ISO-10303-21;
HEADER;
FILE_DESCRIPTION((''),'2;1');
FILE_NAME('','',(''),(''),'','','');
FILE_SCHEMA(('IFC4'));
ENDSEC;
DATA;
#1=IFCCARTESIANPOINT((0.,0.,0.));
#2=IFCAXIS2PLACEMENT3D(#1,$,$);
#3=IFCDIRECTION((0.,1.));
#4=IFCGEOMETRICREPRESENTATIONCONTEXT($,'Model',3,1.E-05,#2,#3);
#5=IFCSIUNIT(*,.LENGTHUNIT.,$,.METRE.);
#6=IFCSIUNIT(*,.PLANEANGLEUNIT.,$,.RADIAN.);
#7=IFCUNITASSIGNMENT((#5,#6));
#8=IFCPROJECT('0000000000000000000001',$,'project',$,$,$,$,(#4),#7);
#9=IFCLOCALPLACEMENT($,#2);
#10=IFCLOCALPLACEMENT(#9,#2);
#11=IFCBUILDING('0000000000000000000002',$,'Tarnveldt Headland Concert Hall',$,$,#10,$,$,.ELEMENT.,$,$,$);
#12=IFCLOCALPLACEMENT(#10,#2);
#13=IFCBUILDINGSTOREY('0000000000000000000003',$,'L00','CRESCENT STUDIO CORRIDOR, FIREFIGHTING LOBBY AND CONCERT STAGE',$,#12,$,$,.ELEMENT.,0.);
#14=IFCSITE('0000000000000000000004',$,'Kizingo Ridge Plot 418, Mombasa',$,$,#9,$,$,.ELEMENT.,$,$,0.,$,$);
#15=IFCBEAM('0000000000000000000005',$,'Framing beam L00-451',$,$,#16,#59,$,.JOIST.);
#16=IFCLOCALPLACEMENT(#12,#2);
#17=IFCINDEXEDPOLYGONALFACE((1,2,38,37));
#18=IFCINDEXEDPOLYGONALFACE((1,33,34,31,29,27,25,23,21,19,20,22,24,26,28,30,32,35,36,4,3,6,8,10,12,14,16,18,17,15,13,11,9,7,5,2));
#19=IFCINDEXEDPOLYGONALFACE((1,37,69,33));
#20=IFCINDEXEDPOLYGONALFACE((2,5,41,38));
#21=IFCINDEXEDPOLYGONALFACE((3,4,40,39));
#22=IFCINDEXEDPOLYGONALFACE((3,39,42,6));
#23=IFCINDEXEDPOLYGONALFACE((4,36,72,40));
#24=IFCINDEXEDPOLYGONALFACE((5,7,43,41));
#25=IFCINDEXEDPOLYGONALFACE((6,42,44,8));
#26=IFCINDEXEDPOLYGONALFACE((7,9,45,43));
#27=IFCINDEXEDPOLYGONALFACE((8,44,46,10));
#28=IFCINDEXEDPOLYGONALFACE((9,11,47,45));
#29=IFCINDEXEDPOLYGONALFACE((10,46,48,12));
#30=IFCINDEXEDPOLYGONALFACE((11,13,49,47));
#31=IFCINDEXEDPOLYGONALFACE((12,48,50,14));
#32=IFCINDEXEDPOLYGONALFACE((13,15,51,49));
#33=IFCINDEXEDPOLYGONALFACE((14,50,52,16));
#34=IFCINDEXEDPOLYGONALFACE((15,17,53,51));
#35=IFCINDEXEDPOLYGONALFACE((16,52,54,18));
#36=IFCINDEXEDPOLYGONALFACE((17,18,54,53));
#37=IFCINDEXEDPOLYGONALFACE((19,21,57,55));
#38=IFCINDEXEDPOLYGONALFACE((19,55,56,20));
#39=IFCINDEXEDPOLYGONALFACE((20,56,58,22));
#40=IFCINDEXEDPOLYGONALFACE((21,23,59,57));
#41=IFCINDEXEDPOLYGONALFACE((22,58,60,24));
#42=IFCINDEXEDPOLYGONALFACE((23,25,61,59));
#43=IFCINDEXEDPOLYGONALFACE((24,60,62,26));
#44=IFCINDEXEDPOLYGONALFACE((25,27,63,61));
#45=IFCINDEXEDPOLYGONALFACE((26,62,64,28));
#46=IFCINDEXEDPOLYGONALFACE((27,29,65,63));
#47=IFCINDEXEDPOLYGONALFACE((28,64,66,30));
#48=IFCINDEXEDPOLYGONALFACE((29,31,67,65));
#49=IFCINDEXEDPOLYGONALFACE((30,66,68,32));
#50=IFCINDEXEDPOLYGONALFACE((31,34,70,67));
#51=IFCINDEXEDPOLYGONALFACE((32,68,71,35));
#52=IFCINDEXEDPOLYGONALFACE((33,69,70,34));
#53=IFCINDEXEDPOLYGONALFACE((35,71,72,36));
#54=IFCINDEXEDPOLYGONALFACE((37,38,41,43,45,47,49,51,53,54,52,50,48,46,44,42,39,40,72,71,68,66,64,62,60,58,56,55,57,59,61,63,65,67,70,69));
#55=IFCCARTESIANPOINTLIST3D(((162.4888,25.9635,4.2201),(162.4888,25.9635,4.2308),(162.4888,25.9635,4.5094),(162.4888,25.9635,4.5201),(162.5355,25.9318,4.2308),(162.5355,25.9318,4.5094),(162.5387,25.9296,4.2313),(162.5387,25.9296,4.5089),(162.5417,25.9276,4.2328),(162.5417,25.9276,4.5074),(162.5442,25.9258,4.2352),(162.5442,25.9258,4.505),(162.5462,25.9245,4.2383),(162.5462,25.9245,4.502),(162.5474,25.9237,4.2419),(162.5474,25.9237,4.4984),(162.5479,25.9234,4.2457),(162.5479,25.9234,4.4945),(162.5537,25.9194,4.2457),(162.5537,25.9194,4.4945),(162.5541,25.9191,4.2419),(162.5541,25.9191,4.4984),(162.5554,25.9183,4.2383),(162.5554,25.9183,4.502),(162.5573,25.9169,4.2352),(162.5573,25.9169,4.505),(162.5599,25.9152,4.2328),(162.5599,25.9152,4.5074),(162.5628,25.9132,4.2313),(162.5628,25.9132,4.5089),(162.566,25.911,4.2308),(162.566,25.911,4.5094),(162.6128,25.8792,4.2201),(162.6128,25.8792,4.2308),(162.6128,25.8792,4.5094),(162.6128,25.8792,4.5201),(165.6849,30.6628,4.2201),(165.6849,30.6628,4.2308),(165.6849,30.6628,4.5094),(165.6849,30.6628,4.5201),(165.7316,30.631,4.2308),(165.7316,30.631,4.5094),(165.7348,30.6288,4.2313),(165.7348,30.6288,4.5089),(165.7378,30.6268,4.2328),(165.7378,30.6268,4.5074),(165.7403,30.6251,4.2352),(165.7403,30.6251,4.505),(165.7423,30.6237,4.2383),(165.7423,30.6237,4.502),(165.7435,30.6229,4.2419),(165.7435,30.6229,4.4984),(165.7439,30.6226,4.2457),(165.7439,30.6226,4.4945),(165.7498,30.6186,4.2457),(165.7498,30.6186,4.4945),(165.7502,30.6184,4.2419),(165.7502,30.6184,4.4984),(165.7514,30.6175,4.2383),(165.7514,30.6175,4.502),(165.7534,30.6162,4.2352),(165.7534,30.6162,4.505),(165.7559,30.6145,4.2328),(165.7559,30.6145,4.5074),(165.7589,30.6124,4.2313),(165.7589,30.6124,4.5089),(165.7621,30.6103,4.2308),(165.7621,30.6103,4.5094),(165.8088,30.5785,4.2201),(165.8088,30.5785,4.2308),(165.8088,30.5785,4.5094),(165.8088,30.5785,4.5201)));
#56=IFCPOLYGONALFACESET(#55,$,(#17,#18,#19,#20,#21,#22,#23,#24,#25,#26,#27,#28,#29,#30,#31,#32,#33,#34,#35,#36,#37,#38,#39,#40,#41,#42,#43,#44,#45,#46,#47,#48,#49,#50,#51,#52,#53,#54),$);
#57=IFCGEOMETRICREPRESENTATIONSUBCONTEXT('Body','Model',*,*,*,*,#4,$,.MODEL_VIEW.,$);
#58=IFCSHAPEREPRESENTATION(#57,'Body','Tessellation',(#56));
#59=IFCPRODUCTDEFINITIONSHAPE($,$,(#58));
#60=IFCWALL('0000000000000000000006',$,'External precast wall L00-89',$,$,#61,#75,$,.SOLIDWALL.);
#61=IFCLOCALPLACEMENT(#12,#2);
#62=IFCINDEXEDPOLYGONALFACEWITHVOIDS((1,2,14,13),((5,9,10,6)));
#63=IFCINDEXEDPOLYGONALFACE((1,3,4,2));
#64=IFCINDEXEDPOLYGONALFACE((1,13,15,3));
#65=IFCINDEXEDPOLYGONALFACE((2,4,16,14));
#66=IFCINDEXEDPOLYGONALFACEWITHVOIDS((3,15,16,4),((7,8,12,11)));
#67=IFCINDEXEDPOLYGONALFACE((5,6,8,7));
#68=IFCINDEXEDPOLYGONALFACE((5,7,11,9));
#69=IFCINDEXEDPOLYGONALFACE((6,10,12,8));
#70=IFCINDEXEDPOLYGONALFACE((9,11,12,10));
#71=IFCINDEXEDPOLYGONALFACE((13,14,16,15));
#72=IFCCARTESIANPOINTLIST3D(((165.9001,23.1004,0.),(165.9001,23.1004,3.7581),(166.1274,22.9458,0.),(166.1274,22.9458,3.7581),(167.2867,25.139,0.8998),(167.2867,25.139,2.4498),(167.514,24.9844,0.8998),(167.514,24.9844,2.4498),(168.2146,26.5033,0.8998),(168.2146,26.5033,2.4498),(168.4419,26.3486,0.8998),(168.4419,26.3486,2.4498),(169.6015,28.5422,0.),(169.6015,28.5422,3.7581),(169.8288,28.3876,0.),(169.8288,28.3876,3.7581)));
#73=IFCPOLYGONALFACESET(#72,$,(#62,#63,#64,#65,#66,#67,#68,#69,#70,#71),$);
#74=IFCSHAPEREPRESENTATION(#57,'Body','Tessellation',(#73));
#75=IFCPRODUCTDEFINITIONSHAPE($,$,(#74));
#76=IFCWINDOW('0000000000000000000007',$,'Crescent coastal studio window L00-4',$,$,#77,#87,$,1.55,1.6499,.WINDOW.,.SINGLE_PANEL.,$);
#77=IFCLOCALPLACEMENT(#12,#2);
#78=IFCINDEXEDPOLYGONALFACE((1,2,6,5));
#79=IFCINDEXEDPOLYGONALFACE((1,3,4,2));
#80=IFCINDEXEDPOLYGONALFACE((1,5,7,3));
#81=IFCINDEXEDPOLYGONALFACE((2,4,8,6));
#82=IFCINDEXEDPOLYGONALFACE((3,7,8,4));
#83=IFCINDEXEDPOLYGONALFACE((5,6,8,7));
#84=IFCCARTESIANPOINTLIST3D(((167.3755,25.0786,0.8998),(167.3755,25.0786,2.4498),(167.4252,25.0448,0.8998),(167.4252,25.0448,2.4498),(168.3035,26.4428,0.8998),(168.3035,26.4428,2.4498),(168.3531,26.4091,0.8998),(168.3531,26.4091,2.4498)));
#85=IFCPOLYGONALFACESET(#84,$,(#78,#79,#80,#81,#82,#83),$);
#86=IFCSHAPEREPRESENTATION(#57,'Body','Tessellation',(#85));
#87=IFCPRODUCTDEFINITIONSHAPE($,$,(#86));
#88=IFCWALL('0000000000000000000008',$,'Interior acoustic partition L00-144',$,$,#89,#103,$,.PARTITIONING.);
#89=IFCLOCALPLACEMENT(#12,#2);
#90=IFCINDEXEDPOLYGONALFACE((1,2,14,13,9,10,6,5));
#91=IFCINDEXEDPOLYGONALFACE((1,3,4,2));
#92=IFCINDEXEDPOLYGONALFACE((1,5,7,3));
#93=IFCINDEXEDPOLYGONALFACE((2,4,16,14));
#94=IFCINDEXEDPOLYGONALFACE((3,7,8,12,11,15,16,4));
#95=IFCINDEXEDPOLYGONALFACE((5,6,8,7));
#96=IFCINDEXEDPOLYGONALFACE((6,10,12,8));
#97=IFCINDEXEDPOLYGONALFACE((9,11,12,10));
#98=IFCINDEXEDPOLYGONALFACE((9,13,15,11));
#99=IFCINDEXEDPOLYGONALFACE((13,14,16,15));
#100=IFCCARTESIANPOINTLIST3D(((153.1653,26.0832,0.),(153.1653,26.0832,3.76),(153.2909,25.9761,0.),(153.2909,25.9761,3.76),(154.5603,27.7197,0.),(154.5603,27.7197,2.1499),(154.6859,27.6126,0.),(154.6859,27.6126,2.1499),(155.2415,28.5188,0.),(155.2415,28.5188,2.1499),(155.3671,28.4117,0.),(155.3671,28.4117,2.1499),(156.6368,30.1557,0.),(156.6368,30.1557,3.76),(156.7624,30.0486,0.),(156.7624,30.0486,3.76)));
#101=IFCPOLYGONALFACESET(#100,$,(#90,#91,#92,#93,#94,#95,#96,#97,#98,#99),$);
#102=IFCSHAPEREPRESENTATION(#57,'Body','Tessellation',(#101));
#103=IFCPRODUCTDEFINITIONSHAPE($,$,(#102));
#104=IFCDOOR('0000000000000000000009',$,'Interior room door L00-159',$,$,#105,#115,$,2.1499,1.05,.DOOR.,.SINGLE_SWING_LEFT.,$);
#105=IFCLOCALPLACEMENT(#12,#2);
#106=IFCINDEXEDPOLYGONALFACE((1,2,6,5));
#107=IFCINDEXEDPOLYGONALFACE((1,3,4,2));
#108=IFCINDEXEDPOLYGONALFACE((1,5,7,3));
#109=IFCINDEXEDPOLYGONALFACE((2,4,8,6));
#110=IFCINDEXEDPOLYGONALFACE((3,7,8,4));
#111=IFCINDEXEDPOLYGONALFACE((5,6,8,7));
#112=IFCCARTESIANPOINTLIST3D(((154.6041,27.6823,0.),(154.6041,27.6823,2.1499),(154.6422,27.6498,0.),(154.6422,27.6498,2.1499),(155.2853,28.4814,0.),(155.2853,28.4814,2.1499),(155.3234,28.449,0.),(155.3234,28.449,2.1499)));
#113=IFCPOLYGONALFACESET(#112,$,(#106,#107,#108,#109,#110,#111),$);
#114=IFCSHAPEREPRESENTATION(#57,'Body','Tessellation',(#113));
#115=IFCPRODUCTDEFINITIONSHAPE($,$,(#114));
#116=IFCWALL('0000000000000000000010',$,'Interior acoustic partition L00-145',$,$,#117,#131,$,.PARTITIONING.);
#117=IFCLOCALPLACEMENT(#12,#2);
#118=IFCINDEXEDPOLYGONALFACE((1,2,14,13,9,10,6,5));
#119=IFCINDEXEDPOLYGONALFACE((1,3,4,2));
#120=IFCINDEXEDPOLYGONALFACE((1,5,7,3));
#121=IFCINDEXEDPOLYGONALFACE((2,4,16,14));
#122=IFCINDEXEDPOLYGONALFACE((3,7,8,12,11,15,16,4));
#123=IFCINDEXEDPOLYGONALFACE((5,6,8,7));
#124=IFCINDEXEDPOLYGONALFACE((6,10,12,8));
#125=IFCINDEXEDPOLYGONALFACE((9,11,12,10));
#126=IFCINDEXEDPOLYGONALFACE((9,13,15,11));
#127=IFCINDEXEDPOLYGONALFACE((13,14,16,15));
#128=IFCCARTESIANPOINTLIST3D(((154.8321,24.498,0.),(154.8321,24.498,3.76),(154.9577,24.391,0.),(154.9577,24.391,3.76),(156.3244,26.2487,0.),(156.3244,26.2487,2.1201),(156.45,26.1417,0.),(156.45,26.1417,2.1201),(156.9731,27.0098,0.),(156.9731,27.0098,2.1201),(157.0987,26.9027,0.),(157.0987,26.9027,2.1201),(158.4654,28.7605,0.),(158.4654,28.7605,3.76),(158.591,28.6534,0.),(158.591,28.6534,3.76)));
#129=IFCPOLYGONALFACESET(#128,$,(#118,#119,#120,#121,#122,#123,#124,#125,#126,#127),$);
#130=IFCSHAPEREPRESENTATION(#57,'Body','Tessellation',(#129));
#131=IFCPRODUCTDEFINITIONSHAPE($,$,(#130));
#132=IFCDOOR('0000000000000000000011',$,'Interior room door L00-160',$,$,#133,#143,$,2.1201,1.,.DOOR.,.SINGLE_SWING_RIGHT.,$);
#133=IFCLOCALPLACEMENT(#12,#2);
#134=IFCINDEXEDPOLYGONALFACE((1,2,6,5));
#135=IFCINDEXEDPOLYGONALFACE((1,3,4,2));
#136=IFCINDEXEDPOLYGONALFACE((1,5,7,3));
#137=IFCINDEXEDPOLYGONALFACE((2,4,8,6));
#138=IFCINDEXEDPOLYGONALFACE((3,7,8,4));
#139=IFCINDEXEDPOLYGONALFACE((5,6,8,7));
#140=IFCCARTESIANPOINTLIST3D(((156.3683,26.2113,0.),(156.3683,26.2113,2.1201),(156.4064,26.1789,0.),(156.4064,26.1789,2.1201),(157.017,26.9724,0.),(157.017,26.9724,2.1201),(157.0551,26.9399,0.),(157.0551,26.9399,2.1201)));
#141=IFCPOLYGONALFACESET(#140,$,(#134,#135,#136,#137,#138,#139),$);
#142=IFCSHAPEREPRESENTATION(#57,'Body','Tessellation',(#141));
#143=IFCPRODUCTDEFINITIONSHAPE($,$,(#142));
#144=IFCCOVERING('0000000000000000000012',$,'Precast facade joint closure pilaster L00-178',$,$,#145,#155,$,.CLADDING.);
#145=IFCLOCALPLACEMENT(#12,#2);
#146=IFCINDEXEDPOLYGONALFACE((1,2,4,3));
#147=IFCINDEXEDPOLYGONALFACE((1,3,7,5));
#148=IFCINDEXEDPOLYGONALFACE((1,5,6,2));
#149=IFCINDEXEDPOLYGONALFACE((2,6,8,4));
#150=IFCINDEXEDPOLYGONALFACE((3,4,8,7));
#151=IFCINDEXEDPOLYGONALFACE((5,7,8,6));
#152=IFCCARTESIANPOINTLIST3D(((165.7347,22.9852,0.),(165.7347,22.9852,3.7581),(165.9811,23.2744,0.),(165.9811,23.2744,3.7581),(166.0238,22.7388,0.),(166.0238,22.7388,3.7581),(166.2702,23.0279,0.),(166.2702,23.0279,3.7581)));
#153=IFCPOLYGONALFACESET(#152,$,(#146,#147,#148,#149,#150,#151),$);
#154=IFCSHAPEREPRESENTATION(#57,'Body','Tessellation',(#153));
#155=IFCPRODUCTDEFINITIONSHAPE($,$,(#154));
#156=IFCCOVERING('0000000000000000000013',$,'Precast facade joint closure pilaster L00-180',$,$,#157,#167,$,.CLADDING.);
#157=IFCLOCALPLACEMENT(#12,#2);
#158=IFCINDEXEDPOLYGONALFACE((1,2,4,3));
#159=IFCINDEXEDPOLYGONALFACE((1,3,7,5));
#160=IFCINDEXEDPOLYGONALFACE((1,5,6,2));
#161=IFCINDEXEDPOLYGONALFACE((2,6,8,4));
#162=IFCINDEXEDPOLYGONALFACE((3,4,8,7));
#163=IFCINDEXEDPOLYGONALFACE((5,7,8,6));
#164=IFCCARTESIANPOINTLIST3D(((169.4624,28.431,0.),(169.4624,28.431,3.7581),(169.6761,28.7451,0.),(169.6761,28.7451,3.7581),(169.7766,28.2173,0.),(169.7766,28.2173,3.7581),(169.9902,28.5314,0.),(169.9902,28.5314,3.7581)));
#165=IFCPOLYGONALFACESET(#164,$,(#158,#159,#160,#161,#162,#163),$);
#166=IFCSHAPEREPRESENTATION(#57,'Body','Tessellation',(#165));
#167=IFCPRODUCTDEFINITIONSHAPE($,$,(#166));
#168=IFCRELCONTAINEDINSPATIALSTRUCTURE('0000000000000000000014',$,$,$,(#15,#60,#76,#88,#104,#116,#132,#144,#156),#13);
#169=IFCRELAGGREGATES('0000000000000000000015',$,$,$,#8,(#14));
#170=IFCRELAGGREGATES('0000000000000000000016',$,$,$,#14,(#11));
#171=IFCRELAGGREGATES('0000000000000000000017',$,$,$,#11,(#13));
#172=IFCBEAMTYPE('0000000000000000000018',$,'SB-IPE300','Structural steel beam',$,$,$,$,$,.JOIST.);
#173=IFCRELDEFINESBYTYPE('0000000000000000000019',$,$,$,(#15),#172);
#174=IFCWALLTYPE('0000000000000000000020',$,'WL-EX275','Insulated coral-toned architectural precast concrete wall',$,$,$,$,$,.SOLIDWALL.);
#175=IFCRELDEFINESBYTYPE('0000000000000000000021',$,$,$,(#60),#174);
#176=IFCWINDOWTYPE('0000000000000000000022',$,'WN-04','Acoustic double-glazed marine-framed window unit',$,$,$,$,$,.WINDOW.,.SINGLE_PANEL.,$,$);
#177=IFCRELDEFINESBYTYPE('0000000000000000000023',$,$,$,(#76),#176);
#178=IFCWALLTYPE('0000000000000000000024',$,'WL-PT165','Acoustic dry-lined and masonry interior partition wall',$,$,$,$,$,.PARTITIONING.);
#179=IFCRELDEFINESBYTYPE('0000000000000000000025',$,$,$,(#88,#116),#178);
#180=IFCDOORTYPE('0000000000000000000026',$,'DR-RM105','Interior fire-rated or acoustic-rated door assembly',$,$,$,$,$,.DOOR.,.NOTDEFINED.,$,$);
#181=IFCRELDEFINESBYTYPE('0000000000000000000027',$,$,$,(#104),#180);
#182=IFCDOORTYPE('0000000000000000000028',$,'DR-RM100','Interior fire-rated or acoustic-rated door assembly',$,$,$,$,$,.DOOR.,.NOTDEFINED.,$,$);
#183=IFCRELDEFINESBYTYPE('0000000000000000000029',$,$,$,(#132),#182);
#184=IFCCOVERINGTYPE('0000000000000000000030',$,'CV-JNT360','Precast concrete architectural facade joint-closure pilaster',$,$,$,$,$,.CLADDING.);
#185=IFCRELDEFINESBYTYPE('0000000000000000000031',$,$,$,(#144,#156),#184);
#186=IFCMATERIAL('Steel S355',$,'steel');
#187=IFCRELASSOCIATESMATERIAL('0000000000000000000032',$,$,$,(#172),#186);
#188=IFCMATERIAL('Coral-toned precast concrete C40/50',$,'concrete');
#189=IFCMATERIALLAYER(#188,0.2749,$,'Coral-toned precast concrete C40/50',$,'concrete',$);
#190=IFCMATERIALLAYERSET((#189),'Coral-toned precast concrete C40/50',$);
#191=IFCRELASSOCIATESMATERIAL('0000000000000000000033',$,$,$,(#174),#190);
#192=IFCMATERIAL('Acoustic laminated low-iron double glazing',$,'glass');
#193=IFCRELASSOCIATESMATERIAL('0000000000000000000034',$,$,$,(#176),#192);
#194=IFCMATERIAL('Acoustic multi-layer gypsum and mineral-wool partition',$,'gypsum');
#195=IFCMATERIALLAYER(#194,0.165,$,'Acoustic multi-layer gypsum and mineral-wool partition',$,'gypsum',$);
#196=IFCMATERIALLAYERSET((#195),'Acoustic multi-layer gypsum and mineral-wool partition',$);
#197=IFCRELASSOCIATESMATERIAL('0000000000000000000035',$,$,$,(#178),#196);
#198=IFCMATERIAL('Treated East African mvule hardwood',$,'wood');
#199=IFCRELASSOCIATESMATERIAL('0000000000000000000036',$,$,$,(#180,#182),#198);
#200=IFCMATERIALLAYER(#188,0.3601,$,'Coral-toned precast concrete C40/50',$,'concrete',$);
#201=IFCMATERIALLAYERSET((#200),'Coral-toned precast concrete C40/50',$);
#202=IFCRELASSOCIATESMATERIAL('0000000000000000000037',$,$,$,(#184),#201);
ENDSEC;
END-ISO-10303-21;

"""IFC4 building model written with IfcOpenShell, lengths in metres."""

from ifc_helpers import new_model, si_unit, direction, frame, frame_2d, origin, origin_2d, place, context, subcontext, project, spatial, rectangle, i_section, extrude, material, layer, layer_set, material_profile, profile_set, type_object, element, fill, save


model = new_model("IFC4")

# Units and contexts
model_context = context("Model", 3, precision=1e-05, world=origin(), true_north=direction((0.0, 1.0)))
body_context = subcontext(model_context, "Body", "Model", "MODEL_VIEW")
ifc_project = project(units=[si_unit("LENGTHUNIT", "METRE"), si_unit("PLANEANGLEUNIT", "RADIAN")], contexts=[model_context])

# Site, building, storey
site_placement = place(None, origin())
site = spatial("IfcSite", under=ifc_project, at=site_placement, Name="Kizingo Ridge Plot 418, Mombasa", CompositionType="ELEMENT", RefElevation=0.0)
building_placement = place(site_placement, origin())
building = spatial("IfcBuilding", under=site, at=building_placement, Name="Tarnveldt Headland Concert Hall", CompositionType="ELEMENT")
storey_placement = place(building_placement, origin())
storey = spatial("IfcBuildingStorey", under=building, at=storey_placement, Name="L00", Description="CRESCENT STUDIO CORRIDOR, FIREFIGHTING LOBBY AND CONCERT STAGE", CompositionType="ELEMENT", Elevation=0.0)

# Beam
ifc_material_1 = material(Name="Steel S355", Category="steel")
ifc_material_profile_1 = material_profile(ifc_material_1, i_section(OverallWidth=0.1499, OverallDepth=0.3, WebThickness=0.0071, FlangeThickness=0.0107, FilletRadius=0.0149, at=origin_2d()), Name="IPE300", Category="steel")
ifc_profile_set_1 = profile_set([ifc_material_profile_1], Name="Steel S355")
beam_type_1 = type_object("IfcBeamType", Name="SB-IPE300", Description="Structural steel beam", PredefinedType="JOIST", material=ifc_profile_set_1)
beam_1_placement = place(storey_placement, frame((162.5508, 25.9214, 4.3701), z_axis=(0.562379, 0.826879, 0.0), x_axis=(-0.826879, 0.562379, 0.0)))
element("IfcBeam", 1, at=beam_1_placement, inside=storey, type_object=beam_type_1, Name="Framing beam L00-451", PredefinedType="JOIST", context=body_context, shape_type="SweptSolid", body=[
    extrude(i_section(OverallWidth=0.1499, OverallDepth=0.3, WebThickness=0.0071, FlangeThickness=0.0107, FilletRadius=0.0149, at=origin_2d()), origin(), (0.0, 0.0, 1.0), 5.6831),
])

# Wall, opening, window
ifc_material_2 = material(Name="Coral-toned precast concrete C40/50", Category="concrete")
ifc_layer_1 = layer(ifc_material_2, 0.2749, Name="Coral-toned precast concrete C40/50", Category="concrete")
ifc_layer_set_1 = layer_set([ifc_layer_1], Name="Coral-toned precast concrete C40/50")
wall_type_1 = type_object("IfcWallType", Name="WL-EX275", Description="Insulated coral-toned architectural precast concrete wall", PredefinedType="SOLIDWALL", material=ifc_layer_set_1)
wall_1_placement = place(storey_placement, frame((169.7151, 28.4648, 0.0), z_axis=(0.0, 0.0, 1.0), x_axis=(-0.562406, -0.826861, 0.0)))
wall_1 = element("IfcWall", 2, at=wall_1_placement, inside=storey, type_object=wall_type_1, Name="External precast wall L00-89", PredefinedType="SOLIDWALL", context=body_context, shape_type="SweptSolid", body=[
    extrude(rectangle(XDim=6.5813, YDim=0.2749, at=frame_2d((3.2905, 0.0))), origin(), (0.0, 0.0, 1.0), 3.7581),
])
opening_1_placement = place(wall_1_placement, frame((2.4658, 0.0, 0.8999)))
opening_1 = element("IfcOpeningElement", 3, at=opening_1_placement, cuts=wall_1, PredefinedType="OPENING", context=body_context, shape_type="SweptSolid", body=[
    extrude(rectangle(XDim=1.6499, YDim=1.55, at=frame_2d((0.825, 0.7749))), frame((0.0, 0.1475, 0.0), z_axis=(0.0, -1.0, 0.0), x_axis=(1.0, 0.0, 0.0)), (0.0, 0.0, 1.0), 0.2949),
])
ifc_material_3 = material(Name="Acoustic laminated low-iron double glazing", Category="glass")
window_type = type_object("IfcWindowType", Name="WN-04", Description="Acoustic double-glazed marine-framed window unit", PartitioningType="SINGLE_PANEL", PredefinedType="WINDOW", material=ifc_material_3)
window_placement = place(opening_1_placement, origin())
window = element("IfcWindow", 4, at=window_placement, inside=storey, type_object=window_type, Name="Crescent coastal studio window L00-4", OverallHeight=1.55, OverallWidth=1.6499, PartitioningType="SINGLE_PANEL", PredefinedType="WINDOW", context=body_context, shape_type="SweptSolid", body=[
    extrude(rectangle(XDim=1.6499, YDim=1.55, at=frame_2d((0.825, 0.7749))), frame((0.0, 0.03, 0.0), z_axis=(0.0, -1.0, 0.0), x_axis=(1.0, 0.0, 0.0)), (0.0, 0.0, 1.0), 0.0601),
])
fill(opening_1, window)

# Walls, openings, doors
ifc_material_4 = material(Name="Acoustic multi-layer gypsum and mineral-wool partition", Category="gypsum")
ifc_layer_2 = layer(ifc_material_4, 0.165, Name="Acoustic multi-layer gypsum and mineral-wool partition", Category="gypsum")
ifc_layer_set_2 = layer_set([ifc_layer_2], Name="Acoustic multi-layer gypsum and mineral-wool partition")
wall_type_2 = type_object("IfcWallType", Name="WL-PT165", Description="Acoustic dry-lined and masonry interior partition wall", PredefinedType="PARTITIONING", material=ifc_layer_set_2)
wall_2_placement = place(storey_placement, frame((153.228, 26.0295, 0.0), z_axis=(0.0, 0.0, 1.0), x_axis=(0.648711, 0.761035, 0.0)))
wall_2 = element("IfcWall", 5, at=wall_2_placement, inside=storey, type_object=wall_type_2, Name="Interior acoustic partition L00-144", PredefinedType="PARTITIONING", context=body_context, shape_type="SweptSolid", body=[
    extrude(rectangle(XDim=5.3513, YDim=0.165, at=frame_2d((2.6758, 0.0))), origin(), (0.0, 0.0, 1.0), 3.76),
])
opening_2_placement = place(wall_2_placement, frame((2.1506, 0.0, 0.0)))
opening_2 = element("IfcOpeningElement", 6, at=opening_2_placement, cuts=wall_2, PredefinedType="OPENING", context=body_context, shape_type="SweptSolid", body=[
    extrude(rectangle(XDim=1.05, YDim=2.1499, at=frame_2d((0.5249, 1.075))), frame((0.0, 0.0925, 0.0), z_axis=(0.0, -1.0, 0.0), x_axis=(1.0, 0.0, 0.0)), (0.0, 0.0, 1.0), 0.1851),
])
ifc_material_5 = material(Name="Treated East African mvule hardwood", Category="wood")
door_type_1 = type_object("IfcDoorType", Name="DR-RM105", Description="Interior fire-rated or acoustic-rated door assembly", OperationType="NOTDEFINED", PredefinedType="DOOR", material=ifc_material_5)
door_1_placement = place(opening_2_placement, origin())
door_1 = element("IfcDoor", 7, at=door_1_placement, inside=storey, type_object=door_type_1, Name="Interior room door L00-159", OperationType="SINGLE_SWING_LEFT", OverallHeight=2.1499, OverallWidth=1.05, PredefinedType="DOOR", context=body_context, shape_type="SweptSolid", body=[
    extrude(rectangle(XDim=1.05, YDim=2.1499, at=frame_2d((0.5249, 1.075))), frame((0.0, 0.0249, 0.0), z_axis=(0.0, -1.0, 0.0), x_axis=(1.0, 0.0, 0.0)), (0.0, 0.0, 1.0), 0.05),
])
fill(opening_2, door_1)
wall_3_placement = place(storey_placement, frame((154.895, 24.4446, 0.0), z_axis=(0.0, 0.0, 1.0), x_axis=(0.648707, 0.761038, 0.0)))
wall_3 = element("IfcWall", 8, at=wall_3_placement, inside=storey, type_object=wall_type_2, Name="Interior acoustic partition L00-145", PredefinedType="PARTITIONING", context=body_context, shape_type="SweptSolid", body=[
    extrude(rectangle(XDim=5.6008, YDim=0.165, at=frame_2d((2.8003, 0.0))), origin(), (0.0, 0.0, 1.0), 3.76),
])
opening_3_placement = place(wall_3_placement, frame((2.3003, 0.0, 0.0)))
opening_3 = element("IfcOpeningElement", 9, at=opening_3_placement, cuts=wall_3, PredefinedType="OPENING", context=body_context, shape_type="SweptSolid", body=[
    extrude(rectangle(XDim=1.0, YDim=2.1201, at=frame_2d((0.5, 1.0601))), frame((0.0, 0.0925, 0.0), z_axis=(0.0, -1.0, 0.0), x_axis=(1.0, 0.0, 0.0)), (0.0, 0.0, 1.0), 0.1851),
])
door_type_2 = type_object("IfcDoorType", Name="DR-RM100", Description="Interior fire-rated or acoustic-rated door assembly", OperationType="NOTDEFINED", PredefinedType="DOOR", material=ifc_material_5)
door_2_placement = place(opening_3_placement, origin())
door_2 = element("IfcDoor", 10, at=door_2_placement, inside=storey, type_object=door_type_2, Name="Interior room door L00-160", OperationType="SINGLE_SWING_RIGHT", OverallHeight=2.1201, OverallWidth=1.0, PredefinedType="DOOR", context=body_context, shape_type="SweptSolid", body=[
    extrude(rectangle(XDim=1.0, YDim=2.1201, at=frame_2d((0.5, 1.0601))), frame((0.0, 0.0249, 0.0), z_axis=(0.0, -1.0, 0.0), x_axis=(1.0, 0.0, 0.0)), (0.0, 0.0, 1.0), 0.05),
])
fill(opening_3, door_2)

# Coverings
ifc_layer_3 = layer(ifc_material_2, 0.3601, Name="Coral-toned precast concrete C40/50", Category="concrete")
ifc_layer_set_3 = layer_set([ifc_layer_3], Name="Coral-toned precast concrete C40/50")
covering_type = type_object("IfcCoveringType", Name="CV-JNT360", Description="Precast concrete architectural facade joint-closure pilaster", PredefinedType="CLADDING", material=ifc_layer_set_3)
for number, where, z_axis, x_axis, name in (
    (11, (166.0024, 23.0066, 0.0), (0.0, 0.0, 1.0), (-0.648651, -0.761086, 0.0), "Precast facade joint closure pilaster L00-178"),
    (12, (169.7263, 28.4812, 0.0), (0.0, 0.0, 1.0), (-0.562372, -0.826884, 0.0), "Precast facade joint closure pilaster L00-180"),
):
    element("IfcCovering", number, at=place(storey_placement, frame(where, z_axis=z_axis, x_axis=x_axis)), inside=storey, type_object=covering_type, Name=name, PredefinedType="CLADDING", context=body_context, shape_type="SweptSolid", body=[
        extrude(rectangle(XDim=0.3799, YDim=0.3799, at=origin_2d()), origin(), (0.0, 0.0, 1.0), 3.7581),
    ])

save(model, "model.ifc")
